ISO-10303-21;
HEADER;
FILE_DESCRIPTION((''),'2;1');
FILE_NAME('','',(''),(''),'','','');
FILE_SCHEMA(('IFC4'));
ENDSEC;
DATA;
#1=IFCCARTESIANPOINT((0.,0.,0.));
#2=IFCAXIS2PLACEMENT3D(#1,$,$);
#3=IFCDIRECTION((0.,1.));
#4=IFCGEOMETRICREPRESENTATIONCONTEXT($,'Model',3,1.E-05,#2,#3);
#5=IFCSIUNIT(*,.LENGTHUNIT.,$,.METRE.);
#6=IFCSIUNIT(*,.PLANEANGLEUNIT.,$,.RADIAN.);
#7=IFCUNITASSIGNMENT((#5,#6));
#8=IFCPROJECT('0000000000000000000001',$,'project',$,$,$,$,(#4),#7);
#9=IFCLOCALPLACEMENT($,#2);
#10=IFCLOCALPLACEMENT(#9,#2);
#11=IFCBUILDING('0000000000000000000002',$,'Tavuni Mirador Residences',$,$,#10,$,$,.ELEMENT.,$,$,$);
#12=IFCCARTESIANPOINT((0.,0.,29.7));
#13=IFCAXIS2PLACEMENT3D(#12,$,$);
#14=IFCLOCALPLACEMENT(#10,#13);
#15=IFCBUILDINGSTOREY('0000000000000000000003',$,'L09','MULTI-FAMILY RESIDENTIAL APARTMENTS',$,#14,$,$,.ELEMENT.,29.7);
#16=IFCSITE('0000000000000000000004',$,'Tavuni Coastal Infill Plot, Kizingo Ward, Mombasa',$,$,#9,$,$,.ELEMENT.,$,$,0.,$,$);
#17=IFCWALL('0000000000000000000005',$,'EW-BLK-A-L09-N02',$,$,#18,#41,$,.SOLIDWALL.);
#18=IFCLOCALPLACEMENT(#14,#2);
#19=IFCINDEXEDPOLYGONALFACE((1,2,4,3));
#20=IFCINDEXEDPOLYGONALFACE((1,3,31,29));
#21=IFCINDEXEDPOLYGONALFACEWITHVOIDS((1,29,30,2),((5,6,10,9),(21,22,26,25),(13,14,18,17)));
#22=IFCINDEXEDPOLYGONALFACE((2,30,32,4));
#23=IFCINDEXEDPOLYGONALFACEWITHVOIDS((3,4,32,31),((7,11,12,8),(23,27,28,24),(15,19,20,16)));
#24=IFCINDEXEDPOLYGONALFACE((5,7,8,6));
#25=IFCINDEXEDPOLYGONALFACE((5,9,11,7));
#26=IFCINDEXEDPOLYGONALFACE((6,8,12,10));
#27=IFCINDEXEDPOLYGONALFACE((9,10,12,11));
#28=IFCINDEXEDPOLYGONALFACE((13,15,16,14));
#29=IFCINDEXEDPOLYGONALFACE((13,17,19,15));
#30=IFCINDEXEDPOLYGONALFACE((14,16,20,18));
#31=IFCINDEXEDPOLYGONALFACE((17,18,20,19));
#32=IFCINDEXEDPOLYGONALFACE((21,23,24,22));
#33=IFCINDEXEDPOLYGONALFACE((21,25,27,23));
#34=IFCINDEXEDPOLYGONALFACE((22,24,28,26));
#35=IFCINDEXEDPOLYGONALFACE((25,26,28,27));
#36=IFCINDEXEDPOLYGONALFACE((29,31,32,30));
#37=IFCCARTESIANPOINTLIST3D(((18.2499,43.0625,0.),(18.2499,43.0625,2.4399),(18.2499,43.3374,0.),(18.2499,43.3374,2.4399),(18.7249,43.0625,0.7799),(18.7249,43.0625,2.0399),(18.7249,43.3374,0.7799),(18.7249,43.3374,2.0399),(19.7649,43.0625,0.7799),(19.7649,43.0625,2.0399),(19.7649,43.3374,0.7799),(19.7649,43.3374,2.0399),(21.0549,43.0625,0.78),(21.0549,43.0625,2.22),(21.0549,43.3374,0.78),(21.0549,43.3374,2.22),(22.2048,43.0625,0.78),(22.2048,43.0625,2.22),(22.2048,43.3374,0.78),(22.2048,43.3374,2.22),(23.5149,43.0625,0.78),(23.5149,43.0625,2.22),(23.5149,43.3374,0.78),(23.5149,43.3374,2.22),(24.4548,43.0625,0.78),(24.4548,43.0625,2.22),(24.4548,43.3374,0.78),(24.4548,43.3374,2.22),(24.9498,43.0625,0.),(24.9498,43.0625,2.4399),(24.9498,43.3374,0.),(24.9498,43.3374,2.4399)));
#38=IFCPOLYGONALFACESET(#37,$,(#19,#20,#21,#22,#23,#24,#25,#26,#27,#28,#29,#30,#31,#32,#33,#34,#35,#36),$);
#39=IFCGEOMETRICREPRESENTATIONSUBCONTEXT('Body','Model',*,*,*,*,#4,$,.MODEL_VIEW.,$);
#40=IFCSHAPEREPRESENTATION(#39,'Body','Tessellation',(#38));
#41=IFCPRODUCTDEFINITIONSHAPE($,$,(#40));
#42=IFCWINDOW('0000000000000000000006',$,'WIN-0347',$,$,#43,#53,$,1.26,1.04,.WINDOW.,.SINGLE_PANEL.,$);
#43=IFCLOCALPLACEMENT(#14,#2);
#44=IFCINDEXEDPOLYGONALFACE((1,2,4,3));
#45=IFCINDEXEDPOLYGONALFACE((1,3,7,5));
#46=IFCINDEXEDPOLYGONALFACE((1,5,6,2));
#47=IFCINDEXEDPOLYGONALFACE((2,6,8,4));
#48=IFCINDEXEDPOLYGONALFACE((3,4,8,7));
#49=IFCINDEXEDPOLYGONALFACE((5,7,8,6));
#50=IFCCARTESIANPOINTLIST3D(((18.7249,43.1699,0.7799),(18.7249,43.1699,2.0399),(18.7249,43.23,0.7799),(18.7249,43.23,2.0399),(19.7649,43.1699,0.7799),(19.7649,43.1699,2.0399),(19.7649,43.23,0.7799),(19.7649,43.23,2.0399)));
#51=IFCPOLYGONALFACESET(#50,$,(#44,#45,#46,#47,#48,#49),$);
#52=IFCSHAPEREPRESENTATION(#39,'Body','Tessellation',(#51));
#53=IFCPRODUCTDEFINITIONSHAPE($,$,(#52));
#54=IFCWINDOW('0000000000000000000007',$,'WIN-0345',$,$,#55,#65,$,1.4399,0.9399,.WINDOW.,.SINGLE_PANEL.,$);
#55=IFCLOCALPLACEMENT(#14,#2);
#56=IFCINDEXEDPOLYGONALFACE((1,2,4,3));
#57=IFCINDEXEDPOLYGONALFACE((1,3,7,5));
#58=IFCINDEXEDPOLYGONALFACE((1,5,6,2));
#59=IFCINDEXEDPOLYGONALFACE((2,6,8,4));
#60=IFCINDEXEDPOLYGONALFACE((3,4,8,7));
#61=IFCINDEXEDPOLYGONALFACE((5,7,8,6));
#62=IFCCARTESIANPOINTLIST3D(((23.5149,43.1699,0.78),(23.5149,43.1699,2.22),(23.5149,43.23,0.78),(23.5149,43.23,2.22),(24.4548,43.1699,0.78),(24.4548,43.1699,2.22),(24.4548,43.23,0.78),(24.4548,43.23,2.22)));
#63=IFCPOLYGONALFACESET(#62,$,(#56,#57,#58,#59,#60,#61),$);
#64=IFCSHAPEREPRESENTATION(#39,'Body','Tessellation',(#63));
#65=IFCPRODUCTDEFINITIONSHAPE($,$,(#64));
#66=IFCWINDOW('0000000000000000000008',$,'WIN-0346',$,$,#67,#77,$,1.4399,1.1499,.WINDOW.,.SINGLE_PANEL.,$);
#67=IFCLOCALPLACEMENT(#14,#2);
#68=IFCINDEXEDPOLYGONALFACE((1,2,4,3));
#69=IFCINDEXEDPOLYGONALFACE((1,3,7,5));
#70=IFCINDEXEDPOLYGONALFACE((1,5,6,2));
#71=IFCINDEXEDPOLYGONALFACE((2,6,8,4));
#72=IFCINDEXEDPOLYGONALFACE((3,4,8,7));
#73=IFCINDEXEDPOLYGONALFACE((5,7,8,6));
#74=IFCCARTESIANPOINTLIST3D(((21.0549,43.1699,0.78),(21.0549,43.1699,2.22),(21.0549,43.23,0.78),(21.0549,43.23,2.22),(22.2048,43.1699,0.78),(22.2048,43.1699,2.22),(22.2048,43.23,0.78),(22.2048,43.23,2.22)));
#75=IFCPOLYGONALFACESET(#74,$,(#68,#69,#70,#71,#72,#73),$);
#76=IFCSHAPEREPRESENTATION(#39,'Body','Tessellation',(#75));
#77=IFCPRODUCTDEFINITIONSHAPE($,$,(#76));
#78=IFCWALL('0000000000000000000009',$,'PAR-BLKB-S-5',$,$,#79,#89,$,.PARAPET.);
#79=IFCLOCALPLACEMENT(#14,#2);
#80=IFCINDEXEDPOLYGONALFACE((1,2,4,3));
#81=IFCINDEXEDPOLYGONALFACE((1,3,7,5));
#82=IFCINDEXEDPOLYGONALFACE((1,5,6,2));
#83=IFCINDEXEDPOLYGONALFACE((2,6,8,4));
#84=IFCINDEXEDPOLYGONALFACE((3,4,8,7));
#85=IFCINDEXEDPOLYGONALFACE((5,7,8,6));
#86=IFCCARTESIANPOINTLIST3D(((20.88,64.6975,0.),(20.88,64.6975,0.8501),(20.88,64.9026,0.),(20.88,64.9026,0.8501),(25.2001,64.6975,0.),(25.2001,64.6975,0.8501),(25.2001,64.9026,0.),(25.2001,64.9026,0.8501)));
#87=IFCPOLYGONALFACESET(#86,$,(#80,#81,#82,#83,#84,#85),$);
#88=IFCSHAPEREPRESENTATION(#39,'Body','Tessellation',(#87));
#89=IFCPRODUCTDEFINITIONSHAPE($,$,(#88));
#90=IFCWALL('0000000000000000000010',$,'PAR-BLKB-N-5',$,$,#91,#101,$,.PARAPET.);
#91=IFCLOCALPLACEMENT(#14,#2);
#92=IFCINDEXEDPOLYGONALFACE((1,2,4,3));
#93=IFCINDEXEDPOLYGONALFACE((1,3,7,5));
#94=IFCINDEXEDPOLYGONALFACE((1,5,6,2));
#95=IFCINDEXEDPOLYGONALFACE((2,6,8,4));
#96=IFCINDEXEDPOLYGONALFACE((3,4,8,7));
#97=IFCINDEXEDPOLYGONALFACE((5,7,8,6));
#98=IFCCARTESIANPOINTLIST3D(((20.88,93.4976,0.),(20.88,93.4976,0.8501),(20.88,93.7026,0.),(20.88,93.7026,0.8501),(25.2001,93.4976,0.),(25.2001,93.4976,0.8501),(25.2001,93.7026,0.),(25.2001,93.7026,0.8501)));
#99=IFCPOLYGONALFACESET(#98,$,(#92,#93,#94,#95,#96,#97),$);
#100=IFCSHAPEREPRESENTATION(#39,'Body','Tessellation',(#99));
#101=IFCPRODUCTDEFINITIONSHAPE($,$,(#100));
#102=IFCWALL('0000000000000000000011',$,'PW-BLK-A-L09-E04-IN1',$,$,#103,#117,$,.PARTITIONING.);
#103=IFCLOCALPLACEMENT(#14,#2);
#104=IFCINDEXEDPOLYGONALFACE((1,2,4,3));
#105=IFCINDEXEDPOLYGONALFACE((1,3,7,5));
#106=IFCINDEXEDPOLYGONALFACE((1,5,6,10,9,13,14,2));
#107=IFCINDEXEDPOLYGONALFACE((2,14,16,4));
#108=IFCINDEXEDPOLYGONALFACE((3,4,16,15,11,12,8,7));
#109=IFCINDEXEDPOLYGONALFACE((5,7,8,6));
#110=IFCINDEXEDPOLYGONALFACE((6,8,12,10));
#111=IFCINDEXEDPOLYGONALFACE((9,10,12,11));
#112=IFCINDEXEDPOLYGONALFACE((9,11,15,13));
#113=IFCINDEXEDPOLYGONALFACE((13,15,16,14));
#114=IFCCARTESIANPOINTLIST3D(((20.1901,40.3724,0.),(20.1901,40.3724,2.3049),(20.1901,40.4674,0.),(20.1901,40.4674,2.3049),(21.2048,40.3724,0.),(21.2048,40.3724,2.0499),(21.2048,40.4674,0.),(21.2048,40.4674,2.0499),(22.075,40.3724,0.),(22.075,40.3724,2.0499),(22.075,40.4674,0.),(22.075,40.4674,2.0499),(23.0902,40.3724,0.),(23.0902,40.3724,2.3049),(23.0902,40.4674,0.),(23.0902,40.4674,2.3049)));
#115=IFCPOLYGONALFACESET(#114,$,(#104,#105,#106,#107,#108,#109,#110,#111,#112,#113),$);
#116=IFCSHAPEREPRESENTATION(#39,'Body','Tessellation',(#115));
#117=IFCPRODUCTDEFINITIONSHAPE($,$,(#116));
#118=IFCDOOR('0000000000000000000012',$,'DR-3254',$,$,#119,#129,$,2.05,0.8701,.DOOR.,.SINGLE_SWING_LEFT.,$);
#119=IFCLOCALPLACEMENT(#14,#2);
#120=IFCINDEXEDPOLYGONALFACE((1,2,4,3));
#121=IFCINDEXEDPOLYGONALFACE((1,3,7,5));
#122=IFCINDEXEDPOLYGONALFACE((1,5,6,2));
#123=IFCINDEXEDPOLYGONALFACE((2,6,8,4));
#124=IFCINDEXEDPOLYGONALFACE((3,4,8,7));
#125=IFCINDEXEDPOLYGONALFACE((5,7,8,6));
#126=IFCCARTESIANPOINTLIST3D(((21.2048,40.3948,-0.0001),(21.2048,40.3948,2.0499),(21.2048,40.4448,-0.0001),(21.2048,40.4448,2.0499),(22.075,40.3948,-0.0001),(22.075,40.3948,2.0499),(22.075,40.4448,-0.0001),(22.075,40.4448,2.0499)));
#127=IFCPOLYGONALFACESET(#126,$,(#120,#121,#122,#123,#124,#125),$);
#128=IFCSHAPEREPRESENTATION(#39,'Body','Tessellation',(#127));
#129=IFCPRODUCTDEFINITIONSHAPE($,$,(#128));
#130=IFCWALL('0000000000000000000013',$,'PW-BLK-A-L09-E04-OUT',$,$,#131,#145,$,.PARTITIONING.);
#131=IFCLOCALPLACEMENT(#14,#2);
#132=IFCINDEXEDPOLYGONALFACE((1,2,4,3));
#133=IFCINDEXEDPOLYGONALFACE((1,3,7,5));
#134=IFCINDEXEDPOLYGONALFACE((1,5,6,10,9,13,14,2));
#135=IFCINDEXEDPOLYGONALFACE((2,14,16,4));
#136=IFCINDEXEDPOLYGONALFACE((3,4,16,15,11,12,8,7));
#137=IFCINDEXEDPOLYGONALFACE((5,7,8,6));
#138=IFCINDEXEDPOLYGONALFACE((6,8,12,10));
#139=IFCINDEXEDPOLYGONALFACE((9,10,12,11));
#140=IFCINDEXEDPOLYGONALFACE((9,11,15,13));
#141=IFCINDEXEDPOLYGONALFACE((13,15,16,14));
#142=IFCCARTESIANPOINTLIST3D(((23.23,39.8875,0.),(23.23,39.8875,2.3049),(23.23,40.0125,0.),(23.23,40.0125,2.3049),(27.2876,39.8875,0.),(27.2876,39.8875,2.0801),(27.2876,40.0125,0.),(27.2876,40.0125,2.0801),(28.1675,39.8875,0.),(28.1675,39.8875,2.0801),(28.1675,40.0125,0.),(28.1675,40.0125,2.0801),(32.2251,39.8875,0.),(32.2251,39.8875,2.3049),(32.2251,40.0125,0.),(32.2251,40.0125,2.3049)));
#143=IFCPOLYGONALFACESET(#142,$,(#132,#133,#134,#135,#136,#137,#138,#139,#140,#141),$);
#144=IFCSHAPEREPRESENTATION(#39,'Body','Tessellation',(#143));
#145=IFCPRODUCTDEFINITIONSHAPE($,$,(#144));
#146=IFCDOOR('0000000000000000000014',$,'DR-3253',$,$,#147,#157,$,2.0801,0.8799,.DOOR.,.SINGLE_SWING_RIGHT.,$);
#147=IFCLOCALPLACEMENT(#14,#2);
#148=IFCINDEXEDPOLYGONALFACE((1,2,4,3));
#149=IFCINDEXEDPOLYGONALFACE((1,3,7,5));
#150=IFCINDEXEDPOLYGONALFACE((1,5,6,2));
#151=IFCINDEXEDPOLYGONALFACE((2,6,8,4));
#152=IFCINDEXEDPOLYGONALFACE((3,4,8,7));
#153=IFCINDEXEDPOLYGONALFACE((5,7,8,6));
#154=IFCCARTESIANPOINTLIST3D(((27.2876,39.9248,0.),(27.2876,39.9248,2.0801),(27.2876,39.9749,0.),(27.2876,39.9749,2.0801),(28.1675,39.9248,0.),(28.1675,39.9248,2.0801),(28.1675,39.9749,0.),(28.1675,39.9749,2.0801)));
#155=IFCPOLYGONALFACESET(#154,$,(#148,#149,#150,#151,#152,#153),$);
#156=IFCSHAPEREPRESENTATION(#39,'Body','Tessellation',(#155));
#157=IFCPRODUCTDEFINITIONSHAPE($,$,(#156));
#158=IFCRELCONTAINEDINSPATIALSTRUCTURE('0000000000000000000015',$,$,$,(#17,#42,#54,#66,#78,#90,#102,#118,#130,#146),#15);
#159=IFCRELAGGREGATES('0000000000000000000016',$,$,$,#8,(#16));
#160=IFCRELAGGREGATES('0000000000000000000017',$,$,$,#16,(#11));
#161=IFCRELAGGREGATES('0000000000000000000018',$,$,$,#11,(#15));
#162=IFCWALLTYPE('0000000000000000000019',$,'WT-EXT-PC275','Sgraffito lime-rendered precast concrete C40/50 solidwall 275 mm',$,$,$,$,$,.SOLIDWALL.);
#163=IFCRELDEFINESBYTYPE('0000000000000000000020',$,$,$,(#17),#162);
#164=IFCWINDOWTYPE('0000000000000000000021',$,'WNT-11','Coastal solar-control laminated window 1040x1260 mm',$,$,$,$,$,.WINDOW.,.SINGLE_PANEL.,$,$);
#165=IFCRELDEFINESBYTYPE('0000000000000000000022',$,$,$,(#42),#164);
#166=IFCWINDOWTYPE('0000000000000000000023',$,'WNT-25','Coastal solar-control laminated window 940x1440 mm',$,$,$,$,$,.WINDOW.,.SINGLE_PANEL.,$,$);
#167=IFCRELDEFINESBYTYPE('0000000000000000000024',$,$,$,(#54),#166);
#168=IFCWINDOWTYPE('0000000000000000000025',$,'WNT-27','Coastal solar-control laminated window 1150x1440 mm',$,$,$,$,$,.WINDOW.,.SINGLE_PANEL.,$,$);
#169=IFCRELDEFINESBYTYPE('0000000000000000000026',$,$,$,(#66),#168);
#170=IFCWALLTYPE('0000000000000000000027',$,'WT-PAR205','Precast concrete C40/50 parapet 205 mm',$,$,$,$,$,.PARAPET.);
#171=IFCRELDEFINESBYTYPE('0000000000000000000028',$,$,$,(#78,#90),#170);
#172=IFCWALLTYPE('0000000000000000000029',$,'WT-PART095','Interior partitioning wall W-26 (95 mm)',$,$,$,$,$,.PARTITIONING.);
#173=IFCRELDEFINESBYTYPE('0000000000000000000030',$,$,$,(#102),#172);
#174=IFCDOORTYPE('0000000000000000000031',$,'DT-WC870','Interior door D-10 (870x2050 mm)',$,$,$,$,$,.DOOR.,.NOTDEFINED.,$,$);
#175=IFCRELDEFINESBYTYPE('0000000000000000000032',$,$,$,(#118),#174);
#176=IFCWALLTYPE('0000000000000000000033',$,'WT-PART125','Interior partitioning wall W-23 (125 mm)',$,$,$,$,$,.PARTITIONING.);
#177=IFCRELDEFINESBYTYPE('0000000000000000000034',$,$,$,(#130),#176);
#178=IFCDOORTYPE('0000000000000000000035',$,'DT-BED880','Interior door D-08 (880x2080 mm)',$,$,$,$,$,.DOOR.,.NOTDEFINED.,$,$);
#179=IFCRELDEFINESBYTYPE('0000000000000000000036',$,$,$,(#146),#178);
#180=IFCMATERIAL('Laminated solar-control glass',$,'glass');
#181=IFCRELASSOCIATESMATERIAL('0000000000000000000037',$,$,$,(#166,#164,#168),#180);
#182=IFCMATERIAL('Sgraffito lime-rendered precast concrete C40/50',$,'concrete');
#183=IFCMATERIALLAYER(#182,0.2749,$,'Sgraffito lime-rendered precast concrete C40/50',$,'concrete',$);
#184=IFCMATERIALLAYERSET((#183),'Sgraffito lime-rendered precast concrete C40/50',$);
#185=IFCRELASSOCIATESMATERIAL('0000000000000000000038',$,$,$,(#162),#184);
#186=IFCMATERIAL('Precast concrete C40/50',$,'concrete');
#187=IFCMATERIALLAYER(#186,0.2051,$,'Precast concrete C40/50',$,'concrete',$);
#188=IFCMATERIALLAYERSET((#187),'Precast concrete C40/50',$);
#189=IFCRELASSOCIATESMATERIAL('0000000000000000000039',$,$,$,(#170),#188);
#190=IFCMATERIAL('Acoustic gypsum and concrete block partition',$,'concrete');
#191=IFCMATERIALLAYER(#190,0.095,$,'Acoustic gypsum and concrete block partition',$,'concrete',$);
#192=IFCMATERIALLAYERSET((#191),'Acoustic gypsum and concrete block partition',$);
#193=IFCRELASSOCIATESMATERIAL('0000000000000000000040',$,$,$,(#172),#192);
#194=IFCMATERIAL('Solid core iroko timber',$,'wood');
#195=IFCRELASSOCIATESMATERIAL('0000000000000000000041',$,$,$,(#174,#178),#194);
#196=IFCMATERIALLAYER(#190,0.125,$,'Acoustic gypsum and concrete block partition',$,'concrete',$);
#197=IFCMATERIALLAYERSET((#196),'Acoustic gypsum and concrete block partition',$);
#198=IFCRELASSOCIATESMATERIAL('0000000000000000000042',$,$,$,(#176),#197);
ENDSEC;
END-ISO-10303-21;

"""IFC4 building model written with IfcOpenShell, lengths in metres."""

from ifc_helpers import new_model, si_unit, direction, frame, frame_2d, origin, place, context, subcontext, project, spatial, rectangle, extrude, material, layer, layer_set, type_object, element, fill, save


model = new_model("IFC4")

# Units and contexts
model_context = context("Model", 3, precision=1e-05, world=origin(), true_north=direction((0.0, 1.0)))
body_context = subcontext(model_context, "Body", "Model", "MODEL_VIEW")
ifc_project = project(units=[si_unit("LENGTHUNIT", "METRE"), si_unit("PLANEANGLEUNIT", "RADIAN")], contexts=[model_context])

# Site, building, storey
site_placement = place(None, origin())
site = spatial("IfcSite", under=ifc_project, at=site_placement, Name="Tavuni Coastal Infill Plot, Kizingo Ward, Mombasa", CompositionType="ELEMENT", RefElevation=0.0)
building_placement = place(site_placement, origin())
building = spatial("IfcBuilding", under=site, at=building_placement, Name="Tavuni Mirador Residences", CompositionType="ELEMENT")
storey_placement = place(building_placement, frame((0.0, 0.0, 29.7)))
storey = spatial("IfcBuildingStorey", under=building, at=storey_placement, Name="L09", Description="MULTI-FAMILY RESIDENTIAL APARTMENTS", CompositionType="ELEMENT", Elevation=29.7)

# Shared definitions
ifc_material_1 = material(Name="Precast concrete C40/50", Category="concrete")

# Shared definitions
ifc_material_2 = material(Name="Solid core iroko timber", Category="wood")

# Wall, openings, windows
ifc_material_3 = material(Name="Sgraffito lime-rendered precast concrete C40/50", Category="concrete")
ifc_material_4 = material(Name="Laminated solar-control glass", Category="glass")
window_type_1 = type_object("IfcWindowType", Name="WNT-25", Description="Coastal solar-control laminated window 940x1440 mm", PartitioningType="SINGLE_PANEL", PredefinedType="WINDOW", material=ifc_material_4)
ifc_layer_1 = layer(ifc_material_3, 0.2749, Name="Sgraffito lime-rendered precast concrete C40/50", Category="concrete")
ifc_layer_set_1 = layer_set([ifc_layer_1], Name="Sgraffito lime-rendered precast concrete C40/50")
wall_type_1 = type_object("IfcWallType", Name="WT-EXT-PC275", Description="Sgraffito lime-rendered precast concrete C40/50 solidwall 275 mm", PredefinedType="SOLIDWALL", material=ifc_layer_set_1)
wall_1_placement = place(storey_placement, frame((24.95, 43.2, 0.0), z_axis=(0.0, 0.0, 1.0), x_axis=(-1.0, 0.0, 0.0)))
wall_1 = element("IfcWall", 1, at=wall_1_placement, inside=storey, type_object=wall_type_1, Name="EW-BLK-A-L09-N02", PredefinedType="SOLIDWALL", context=body_context, shape_type="SweptSolid", body=[
    extrude(rectangle(XDim=6.7, YDim=0.2749, at=frame_2d((3.3501, 0.0))), origin(), (0.0, 0.0, 1.0), 2.4399),
])
opening_1_placement = place(wall_1_placement, frame((0.4951, 0.0, 0.78)))
opening_1 = element("IfcOpeningElement", 2, at=opening_1_placement, cuts=wall_1, PredefinedType="OPENING", context=body_context, shape_type="SweptSolid", body=[
    extrude(rectangle(XDim=0.9399, YDim=1.4399, at=frame_2d((0.47, 0.72))), frame((0.0, 0.1475, 0.0), z_axis=(0.0, -1.0, 0.0), x_axis=(1.0, 0.0, 0.0)), (0.0, 0.0, 1.0), 0.2949),
])
opening_2_placement = place(wall_1_placement, frame((2.7451, 0.0, 0.78)))
opening_2 = element("IfcOpeningElement", 3, at=opening_2_placement, cuts=wall_1, PredefinedType="OPENING", context=body_context, shape_type="SweptSolid", body=[
    extrude(rectangle(XDim=1.1499, YDim=1.4399, at=frame_2d((0.575, 0.72))), frame((0.0, 0.1475, 0.0), z_axis=(0.0, -1.0, 0.0), x_axis=(1.0, 0.0, 0.0)), (0.0, 0.0, 1.0), 0.2949),
])
opening_3_placement = place(wall_1_placement, frame((5.1851, 0.0, 0.78)))
opening_3 = element("IfcOpeningElement", 4, at=opening_3_placement, cuts=wall_1, PredefinedType="OPENING", context=body_context, shape_type="SweptSolid", body=[
    extrude(rectangle(XDim=1.04, YDim=1.26, at=frame_2d((0.52, 0.6299))), frame((0.0, 0.1475, 0.0), z_axis=(0.0, -1.0, 0.0), x_axis=(1.0, 0.0, 0.0)), (0.0, 0.0, 1.0), 0.2949),
])
window_type_2 = type_object("IfcWindowType", Name="WNT-11", Description="Coastal solar-control laminated window 1040x1260 mm", PartitioningType="SINGLE_PANEL", PredefinedType="WINDOW", material=ifc_material_4)
window_1_placement = place(opening_3_placement, origin())
window_1 = element("IfcWindow", 5, at=window_1_placement, inside=storey, type_object=window_type_2, Name="WIN-0347", OverallHeight=1.26, OverallWidth=1.04, PartitioningType="SINGLE_PANEL", PredefinedType="WINDOW", context=body_context, shape_type="SweptSolid", body=[
    extrude(rectangle(XDim=1.04, YDim=1.26, at=frame_2d((0.52, 0.6299))), frame((0.0, 0.03, 0.0), z_axis=(0.0, -1.0, 0.0), x_axis=(1.0, 0.0, 0.0)), (0.0, 0.0, 1.0), 0.0601),
])
fill(opening_3, window_1)
window_2_placement = place(opening_1_placement, origin())
window_2 = element("IfcWindow", 6, at=window_2_placement, inside=storey, type_object=window_type_1, Name="WIN-0345", OverallHeight=1.4399, OverallWidth=0.9399, PartitioningType="SINGLE_PANEL", PredefinedType="WINDOW", context=body_context, shape_type="SweptSolid", body=[
    extrude(rectangle(XDim=0.9399, YDim=1.4399, at=frame_2d((0.47, 0.72))), frame((0.0, 0.03, 0.0), z_axis=(0.0, -1.0, 0.0), x_axis=(1.0, 0.0, 0.0)), (0.0, 0.0, 1.0), 0.0601),
])
fill(opening_1, window_2)
window_type_3 = type_object("IfcWindowType", Name="WNT-27", Description="Coastal solar-control laminated window 1150x1440 mm", PartitioningType="SINGLE_PANEL", PredefinedType="WINDOW", material=ifc_material_4)
window_3_placement = place(opening_2_placement, origin())
window_3 = element("IfcWindow", 7, at=window_3_placement, inside=storey, type_object=window_type_3, Name="WIN-0346", OverallHeight=1.4399, OverallWidth=1.1499, PartitioningType="SINGLE_PANEL", PredefinedType="WINDOW", context=body_context, shape_type="SweptSolid", body=[
    extrude(rectangle(XDim=1.1499, YDim=1.4399, at=frame_2d((0.575, 0.72))), frame((0.0, 0.03, 0.0), z_axis=(0.0, -1.0, 0.0), x_axis=(1.0, 0.0, 0.0)), (0.0, 0.0, 1.0), 0.0601),
])
fill(opening_2, window_3)

# Walls
ifc_layer_2 = layer(ifc_material_1, 0.2051, Name="Precast concrete C40/50", Category="concrete")
ifc_layer_set_2 = layer_set([ifc_layer_2], Name="Precast concrete C40/50")
wall_type_2 = type_object("IfcWallType", Name="WT-PAR205", Description="Precast concrete C40/50 parapet 205 mm", PredefinedType="PARAPET", material=ifc_layer_set_2)
for number, where, z_axis, x_axis, name in (
    (8, (20.8799, 64.8, 0.0), (0.0, 0.0, 1.0), (1.0, 0.0, 0.0), "PAR-BLKB-S-5"),
    (9, (20.8799, 93.6001, 0.0), (0.0, 0.0, 1.0), (1.0, 0.0, 0.0), "PAR-BLKB-N-5"),
):
    element("IfcWall", number, at=place(storey_placement, frame(where, z_axis=z_axis, x_axis=x_axis)), inside=storey, type_object=wall_type_2, Name=name, PredefinedType="PARAPET", context=body_context, shape_type="SweptSolid", body=[
        extrude(rectangle(XDim=4.3201, YDim=0.2051, at=frame_2d((2.1602, 0.0))), origin(), (0.0, 0.0, 1.0), 0.8501),
    ])

# Walls, openings, doors
ifc_material_5 = material(Name="Acoustic gypsum and concrete block partition", Category="concrete")
ifc_layer_3 = layer(ifc_material_5, 0.095, Name="Acoustic gypsum and concrete block partition", Category="concrete")
ifc_layer_set_3 = layer_set([ifc_layer_3], Name="Acoustic gypsum and concrete block partition")
wall_type_3 = type_object("IfcWallType", Name="WT-PART095", Description="Interior partitioning wall W-26 (95 mm)", PredefinedType="PARTITIONING", material=ifc_layer_set_3)
wall_2_placement = place(storey_placement, frame((20.1899, 40.4199, 0.0), z_axis=(0.0, 0.0, 1.0), x_axis=(1.0, 0.0, 0.0)))
wall_2 = element("IfcWall", 10, at=wall_2_placement, inside=storey, type_object=wall_type_3, Name="PW-BLK-A-L09-E04-IN1", PredefinedType="PARTITIONING", context=body_context, shape_type="SweptSolid", body=[
    extrude(rectangle(XDim=2.9001, YDim=0.095, at=frame_2d((1.4502, 0.0))), origin(), (0.0, 0.0, 1.0), 2.3049),
])
opening_4_placement = place(wall_2_placement, frame((1.0149, 0.0, 0.0)))
opening_4 = element("IfcOpeningElement", 11, at=opening_4_placement, cuts=wall_2, PredefinedType="OPENING", context=body_context, shape_type="SweptSolid", body=[
    extrude(rectangle(XDim=0.8701, YDim=2.05, at=frame_2d((0.4351, 1.0249))), frame((0.0, 0.0576, 0.0), z_axis=(0.0, -1.0, 0.0), x_axis=(1.0, 0.0, 0.0)), (0.0, 0.0, 1.0), 0.115),
])
door_type_1 = type_object("IfcDoorType", Name="DT-WC870", Description="Interior door D-10 (870x2050 mm)", OperationType="NOTDEFINED", PredefinedType="DOOR", material=ifc_material_2)
door_1_placement = place(opening_4_placement, origin())
door_1 = element("IfcDoor", 12, at=door_1_placement, inside=storey, type_object=door_type_1, Name="DR-3254", OperationType="SINGLE_SWING_LEFT", OverallHeight=2.05, OverallWidth=0.8701, PredefinedType="DOOR", context=body_context, shape_type="SweptSolid", body=[
    extrude(rectangle(XDim=0.8701, YDim=2.05, at=frame_2d((0.4351, 1.0249))), frame((0.0, 0.0249, 0.0), z_axis=(0.0, -1.0, 0.0), x_axis=(1.0, 0.0, 0.0)), (0.0, 0.0, 1.0), 0.05),
])
fill(opening_4, door_1)
ifc_layer_4 = layer(ifc_material_5, 0.125, Name="Acoustic gypsum and concrete block partition", Category="concrete")
ifc_layer_set_4 = layer_set([ifc_layer_4], Name="Acoustic gypsum and concrete block partition")
wall_type_4 = type_object("IfcWallType", Name="WT-PART125", Description="Interior partitioning wall W-23 (125 mm)", PredefinedType="PARTITIONING", material=ifc_layer_set_4)
wall_3_placement = place(storey_placement, frame((23.23, 39.95, 0.0), z_axis=(0.0, 0.0, 1.0), x_axis=(1.0, 0.0, 0.0)))
wall_3 = element("IfcWall", 13, at=wall_3_placement, inside=storey, type_object=wall_type_4, Name="PW-BLK-A-L09-E04-OUT", PredefinedType="PARTITIONING", context=body_context, shape_type="SweptSolid", body=[
    extrude(rectangle(XDim=8.9951, YDim=0.125, at=frame_2d((4.4976, 0.0))), origin(), (0.0, 0.0, 1.0), 2.3049),
])
opening_5_placement = place(wall_3_placement, frame((4.0576, 0.0, 0.0)))
opening_5 = element("IfcOpeningElement", 14, at=opening_5_placement, cuts=wall_3, PredefinedType="OPENING", context=body_context, shape_type="SweptSolid", body=[
    extrude(rectangle(XDim=0.8799, YDim=2.0801, at=frame_2d((0.4399, 1.04))), frame((0.0, 0.0725, 0.0), z_axis=(0.0, -1.0, 0.0), x_axis=(1.0, 0.0, 0.0)), (0.0, 0.0, 1.0), 0.145),
])
door_type_2 = type_object("IfcDoorType", Name="DT-BED880", Description="Interior door D-08 (880x2080 mm)", OperationType="NOTDEFINED", PredefinedType="DOOR", material=ifc_material_2)
door_2_placement = place(opening_5_placement, origin())
door_2 = element("IfcDoor", 15, at=door_2_placement, inside=storey, type_object=door_type_2, Name="DR-3253", OperationType="SINGLE_SWING_RIGHT", OverallHeight=2.0801, OverallWidth=0.8799, PredefinedType="DOOR", context=body_context, shape_type="SweptSolid", body=[
    extrude(rectangle(XDim=0.8799, YDim=2.0801, at=frame_2d((0.4399, 1.04))), frame((0.0, 0.0249, 0.0), z_axis=(0.0, -1.0, 0.0), x_axis=(1.0, 0.0, 0.0)), (0.0, 0.0, 1.0), 0.05),
])
fill(opening_5, door_2)

save(model, "model.ifc")
